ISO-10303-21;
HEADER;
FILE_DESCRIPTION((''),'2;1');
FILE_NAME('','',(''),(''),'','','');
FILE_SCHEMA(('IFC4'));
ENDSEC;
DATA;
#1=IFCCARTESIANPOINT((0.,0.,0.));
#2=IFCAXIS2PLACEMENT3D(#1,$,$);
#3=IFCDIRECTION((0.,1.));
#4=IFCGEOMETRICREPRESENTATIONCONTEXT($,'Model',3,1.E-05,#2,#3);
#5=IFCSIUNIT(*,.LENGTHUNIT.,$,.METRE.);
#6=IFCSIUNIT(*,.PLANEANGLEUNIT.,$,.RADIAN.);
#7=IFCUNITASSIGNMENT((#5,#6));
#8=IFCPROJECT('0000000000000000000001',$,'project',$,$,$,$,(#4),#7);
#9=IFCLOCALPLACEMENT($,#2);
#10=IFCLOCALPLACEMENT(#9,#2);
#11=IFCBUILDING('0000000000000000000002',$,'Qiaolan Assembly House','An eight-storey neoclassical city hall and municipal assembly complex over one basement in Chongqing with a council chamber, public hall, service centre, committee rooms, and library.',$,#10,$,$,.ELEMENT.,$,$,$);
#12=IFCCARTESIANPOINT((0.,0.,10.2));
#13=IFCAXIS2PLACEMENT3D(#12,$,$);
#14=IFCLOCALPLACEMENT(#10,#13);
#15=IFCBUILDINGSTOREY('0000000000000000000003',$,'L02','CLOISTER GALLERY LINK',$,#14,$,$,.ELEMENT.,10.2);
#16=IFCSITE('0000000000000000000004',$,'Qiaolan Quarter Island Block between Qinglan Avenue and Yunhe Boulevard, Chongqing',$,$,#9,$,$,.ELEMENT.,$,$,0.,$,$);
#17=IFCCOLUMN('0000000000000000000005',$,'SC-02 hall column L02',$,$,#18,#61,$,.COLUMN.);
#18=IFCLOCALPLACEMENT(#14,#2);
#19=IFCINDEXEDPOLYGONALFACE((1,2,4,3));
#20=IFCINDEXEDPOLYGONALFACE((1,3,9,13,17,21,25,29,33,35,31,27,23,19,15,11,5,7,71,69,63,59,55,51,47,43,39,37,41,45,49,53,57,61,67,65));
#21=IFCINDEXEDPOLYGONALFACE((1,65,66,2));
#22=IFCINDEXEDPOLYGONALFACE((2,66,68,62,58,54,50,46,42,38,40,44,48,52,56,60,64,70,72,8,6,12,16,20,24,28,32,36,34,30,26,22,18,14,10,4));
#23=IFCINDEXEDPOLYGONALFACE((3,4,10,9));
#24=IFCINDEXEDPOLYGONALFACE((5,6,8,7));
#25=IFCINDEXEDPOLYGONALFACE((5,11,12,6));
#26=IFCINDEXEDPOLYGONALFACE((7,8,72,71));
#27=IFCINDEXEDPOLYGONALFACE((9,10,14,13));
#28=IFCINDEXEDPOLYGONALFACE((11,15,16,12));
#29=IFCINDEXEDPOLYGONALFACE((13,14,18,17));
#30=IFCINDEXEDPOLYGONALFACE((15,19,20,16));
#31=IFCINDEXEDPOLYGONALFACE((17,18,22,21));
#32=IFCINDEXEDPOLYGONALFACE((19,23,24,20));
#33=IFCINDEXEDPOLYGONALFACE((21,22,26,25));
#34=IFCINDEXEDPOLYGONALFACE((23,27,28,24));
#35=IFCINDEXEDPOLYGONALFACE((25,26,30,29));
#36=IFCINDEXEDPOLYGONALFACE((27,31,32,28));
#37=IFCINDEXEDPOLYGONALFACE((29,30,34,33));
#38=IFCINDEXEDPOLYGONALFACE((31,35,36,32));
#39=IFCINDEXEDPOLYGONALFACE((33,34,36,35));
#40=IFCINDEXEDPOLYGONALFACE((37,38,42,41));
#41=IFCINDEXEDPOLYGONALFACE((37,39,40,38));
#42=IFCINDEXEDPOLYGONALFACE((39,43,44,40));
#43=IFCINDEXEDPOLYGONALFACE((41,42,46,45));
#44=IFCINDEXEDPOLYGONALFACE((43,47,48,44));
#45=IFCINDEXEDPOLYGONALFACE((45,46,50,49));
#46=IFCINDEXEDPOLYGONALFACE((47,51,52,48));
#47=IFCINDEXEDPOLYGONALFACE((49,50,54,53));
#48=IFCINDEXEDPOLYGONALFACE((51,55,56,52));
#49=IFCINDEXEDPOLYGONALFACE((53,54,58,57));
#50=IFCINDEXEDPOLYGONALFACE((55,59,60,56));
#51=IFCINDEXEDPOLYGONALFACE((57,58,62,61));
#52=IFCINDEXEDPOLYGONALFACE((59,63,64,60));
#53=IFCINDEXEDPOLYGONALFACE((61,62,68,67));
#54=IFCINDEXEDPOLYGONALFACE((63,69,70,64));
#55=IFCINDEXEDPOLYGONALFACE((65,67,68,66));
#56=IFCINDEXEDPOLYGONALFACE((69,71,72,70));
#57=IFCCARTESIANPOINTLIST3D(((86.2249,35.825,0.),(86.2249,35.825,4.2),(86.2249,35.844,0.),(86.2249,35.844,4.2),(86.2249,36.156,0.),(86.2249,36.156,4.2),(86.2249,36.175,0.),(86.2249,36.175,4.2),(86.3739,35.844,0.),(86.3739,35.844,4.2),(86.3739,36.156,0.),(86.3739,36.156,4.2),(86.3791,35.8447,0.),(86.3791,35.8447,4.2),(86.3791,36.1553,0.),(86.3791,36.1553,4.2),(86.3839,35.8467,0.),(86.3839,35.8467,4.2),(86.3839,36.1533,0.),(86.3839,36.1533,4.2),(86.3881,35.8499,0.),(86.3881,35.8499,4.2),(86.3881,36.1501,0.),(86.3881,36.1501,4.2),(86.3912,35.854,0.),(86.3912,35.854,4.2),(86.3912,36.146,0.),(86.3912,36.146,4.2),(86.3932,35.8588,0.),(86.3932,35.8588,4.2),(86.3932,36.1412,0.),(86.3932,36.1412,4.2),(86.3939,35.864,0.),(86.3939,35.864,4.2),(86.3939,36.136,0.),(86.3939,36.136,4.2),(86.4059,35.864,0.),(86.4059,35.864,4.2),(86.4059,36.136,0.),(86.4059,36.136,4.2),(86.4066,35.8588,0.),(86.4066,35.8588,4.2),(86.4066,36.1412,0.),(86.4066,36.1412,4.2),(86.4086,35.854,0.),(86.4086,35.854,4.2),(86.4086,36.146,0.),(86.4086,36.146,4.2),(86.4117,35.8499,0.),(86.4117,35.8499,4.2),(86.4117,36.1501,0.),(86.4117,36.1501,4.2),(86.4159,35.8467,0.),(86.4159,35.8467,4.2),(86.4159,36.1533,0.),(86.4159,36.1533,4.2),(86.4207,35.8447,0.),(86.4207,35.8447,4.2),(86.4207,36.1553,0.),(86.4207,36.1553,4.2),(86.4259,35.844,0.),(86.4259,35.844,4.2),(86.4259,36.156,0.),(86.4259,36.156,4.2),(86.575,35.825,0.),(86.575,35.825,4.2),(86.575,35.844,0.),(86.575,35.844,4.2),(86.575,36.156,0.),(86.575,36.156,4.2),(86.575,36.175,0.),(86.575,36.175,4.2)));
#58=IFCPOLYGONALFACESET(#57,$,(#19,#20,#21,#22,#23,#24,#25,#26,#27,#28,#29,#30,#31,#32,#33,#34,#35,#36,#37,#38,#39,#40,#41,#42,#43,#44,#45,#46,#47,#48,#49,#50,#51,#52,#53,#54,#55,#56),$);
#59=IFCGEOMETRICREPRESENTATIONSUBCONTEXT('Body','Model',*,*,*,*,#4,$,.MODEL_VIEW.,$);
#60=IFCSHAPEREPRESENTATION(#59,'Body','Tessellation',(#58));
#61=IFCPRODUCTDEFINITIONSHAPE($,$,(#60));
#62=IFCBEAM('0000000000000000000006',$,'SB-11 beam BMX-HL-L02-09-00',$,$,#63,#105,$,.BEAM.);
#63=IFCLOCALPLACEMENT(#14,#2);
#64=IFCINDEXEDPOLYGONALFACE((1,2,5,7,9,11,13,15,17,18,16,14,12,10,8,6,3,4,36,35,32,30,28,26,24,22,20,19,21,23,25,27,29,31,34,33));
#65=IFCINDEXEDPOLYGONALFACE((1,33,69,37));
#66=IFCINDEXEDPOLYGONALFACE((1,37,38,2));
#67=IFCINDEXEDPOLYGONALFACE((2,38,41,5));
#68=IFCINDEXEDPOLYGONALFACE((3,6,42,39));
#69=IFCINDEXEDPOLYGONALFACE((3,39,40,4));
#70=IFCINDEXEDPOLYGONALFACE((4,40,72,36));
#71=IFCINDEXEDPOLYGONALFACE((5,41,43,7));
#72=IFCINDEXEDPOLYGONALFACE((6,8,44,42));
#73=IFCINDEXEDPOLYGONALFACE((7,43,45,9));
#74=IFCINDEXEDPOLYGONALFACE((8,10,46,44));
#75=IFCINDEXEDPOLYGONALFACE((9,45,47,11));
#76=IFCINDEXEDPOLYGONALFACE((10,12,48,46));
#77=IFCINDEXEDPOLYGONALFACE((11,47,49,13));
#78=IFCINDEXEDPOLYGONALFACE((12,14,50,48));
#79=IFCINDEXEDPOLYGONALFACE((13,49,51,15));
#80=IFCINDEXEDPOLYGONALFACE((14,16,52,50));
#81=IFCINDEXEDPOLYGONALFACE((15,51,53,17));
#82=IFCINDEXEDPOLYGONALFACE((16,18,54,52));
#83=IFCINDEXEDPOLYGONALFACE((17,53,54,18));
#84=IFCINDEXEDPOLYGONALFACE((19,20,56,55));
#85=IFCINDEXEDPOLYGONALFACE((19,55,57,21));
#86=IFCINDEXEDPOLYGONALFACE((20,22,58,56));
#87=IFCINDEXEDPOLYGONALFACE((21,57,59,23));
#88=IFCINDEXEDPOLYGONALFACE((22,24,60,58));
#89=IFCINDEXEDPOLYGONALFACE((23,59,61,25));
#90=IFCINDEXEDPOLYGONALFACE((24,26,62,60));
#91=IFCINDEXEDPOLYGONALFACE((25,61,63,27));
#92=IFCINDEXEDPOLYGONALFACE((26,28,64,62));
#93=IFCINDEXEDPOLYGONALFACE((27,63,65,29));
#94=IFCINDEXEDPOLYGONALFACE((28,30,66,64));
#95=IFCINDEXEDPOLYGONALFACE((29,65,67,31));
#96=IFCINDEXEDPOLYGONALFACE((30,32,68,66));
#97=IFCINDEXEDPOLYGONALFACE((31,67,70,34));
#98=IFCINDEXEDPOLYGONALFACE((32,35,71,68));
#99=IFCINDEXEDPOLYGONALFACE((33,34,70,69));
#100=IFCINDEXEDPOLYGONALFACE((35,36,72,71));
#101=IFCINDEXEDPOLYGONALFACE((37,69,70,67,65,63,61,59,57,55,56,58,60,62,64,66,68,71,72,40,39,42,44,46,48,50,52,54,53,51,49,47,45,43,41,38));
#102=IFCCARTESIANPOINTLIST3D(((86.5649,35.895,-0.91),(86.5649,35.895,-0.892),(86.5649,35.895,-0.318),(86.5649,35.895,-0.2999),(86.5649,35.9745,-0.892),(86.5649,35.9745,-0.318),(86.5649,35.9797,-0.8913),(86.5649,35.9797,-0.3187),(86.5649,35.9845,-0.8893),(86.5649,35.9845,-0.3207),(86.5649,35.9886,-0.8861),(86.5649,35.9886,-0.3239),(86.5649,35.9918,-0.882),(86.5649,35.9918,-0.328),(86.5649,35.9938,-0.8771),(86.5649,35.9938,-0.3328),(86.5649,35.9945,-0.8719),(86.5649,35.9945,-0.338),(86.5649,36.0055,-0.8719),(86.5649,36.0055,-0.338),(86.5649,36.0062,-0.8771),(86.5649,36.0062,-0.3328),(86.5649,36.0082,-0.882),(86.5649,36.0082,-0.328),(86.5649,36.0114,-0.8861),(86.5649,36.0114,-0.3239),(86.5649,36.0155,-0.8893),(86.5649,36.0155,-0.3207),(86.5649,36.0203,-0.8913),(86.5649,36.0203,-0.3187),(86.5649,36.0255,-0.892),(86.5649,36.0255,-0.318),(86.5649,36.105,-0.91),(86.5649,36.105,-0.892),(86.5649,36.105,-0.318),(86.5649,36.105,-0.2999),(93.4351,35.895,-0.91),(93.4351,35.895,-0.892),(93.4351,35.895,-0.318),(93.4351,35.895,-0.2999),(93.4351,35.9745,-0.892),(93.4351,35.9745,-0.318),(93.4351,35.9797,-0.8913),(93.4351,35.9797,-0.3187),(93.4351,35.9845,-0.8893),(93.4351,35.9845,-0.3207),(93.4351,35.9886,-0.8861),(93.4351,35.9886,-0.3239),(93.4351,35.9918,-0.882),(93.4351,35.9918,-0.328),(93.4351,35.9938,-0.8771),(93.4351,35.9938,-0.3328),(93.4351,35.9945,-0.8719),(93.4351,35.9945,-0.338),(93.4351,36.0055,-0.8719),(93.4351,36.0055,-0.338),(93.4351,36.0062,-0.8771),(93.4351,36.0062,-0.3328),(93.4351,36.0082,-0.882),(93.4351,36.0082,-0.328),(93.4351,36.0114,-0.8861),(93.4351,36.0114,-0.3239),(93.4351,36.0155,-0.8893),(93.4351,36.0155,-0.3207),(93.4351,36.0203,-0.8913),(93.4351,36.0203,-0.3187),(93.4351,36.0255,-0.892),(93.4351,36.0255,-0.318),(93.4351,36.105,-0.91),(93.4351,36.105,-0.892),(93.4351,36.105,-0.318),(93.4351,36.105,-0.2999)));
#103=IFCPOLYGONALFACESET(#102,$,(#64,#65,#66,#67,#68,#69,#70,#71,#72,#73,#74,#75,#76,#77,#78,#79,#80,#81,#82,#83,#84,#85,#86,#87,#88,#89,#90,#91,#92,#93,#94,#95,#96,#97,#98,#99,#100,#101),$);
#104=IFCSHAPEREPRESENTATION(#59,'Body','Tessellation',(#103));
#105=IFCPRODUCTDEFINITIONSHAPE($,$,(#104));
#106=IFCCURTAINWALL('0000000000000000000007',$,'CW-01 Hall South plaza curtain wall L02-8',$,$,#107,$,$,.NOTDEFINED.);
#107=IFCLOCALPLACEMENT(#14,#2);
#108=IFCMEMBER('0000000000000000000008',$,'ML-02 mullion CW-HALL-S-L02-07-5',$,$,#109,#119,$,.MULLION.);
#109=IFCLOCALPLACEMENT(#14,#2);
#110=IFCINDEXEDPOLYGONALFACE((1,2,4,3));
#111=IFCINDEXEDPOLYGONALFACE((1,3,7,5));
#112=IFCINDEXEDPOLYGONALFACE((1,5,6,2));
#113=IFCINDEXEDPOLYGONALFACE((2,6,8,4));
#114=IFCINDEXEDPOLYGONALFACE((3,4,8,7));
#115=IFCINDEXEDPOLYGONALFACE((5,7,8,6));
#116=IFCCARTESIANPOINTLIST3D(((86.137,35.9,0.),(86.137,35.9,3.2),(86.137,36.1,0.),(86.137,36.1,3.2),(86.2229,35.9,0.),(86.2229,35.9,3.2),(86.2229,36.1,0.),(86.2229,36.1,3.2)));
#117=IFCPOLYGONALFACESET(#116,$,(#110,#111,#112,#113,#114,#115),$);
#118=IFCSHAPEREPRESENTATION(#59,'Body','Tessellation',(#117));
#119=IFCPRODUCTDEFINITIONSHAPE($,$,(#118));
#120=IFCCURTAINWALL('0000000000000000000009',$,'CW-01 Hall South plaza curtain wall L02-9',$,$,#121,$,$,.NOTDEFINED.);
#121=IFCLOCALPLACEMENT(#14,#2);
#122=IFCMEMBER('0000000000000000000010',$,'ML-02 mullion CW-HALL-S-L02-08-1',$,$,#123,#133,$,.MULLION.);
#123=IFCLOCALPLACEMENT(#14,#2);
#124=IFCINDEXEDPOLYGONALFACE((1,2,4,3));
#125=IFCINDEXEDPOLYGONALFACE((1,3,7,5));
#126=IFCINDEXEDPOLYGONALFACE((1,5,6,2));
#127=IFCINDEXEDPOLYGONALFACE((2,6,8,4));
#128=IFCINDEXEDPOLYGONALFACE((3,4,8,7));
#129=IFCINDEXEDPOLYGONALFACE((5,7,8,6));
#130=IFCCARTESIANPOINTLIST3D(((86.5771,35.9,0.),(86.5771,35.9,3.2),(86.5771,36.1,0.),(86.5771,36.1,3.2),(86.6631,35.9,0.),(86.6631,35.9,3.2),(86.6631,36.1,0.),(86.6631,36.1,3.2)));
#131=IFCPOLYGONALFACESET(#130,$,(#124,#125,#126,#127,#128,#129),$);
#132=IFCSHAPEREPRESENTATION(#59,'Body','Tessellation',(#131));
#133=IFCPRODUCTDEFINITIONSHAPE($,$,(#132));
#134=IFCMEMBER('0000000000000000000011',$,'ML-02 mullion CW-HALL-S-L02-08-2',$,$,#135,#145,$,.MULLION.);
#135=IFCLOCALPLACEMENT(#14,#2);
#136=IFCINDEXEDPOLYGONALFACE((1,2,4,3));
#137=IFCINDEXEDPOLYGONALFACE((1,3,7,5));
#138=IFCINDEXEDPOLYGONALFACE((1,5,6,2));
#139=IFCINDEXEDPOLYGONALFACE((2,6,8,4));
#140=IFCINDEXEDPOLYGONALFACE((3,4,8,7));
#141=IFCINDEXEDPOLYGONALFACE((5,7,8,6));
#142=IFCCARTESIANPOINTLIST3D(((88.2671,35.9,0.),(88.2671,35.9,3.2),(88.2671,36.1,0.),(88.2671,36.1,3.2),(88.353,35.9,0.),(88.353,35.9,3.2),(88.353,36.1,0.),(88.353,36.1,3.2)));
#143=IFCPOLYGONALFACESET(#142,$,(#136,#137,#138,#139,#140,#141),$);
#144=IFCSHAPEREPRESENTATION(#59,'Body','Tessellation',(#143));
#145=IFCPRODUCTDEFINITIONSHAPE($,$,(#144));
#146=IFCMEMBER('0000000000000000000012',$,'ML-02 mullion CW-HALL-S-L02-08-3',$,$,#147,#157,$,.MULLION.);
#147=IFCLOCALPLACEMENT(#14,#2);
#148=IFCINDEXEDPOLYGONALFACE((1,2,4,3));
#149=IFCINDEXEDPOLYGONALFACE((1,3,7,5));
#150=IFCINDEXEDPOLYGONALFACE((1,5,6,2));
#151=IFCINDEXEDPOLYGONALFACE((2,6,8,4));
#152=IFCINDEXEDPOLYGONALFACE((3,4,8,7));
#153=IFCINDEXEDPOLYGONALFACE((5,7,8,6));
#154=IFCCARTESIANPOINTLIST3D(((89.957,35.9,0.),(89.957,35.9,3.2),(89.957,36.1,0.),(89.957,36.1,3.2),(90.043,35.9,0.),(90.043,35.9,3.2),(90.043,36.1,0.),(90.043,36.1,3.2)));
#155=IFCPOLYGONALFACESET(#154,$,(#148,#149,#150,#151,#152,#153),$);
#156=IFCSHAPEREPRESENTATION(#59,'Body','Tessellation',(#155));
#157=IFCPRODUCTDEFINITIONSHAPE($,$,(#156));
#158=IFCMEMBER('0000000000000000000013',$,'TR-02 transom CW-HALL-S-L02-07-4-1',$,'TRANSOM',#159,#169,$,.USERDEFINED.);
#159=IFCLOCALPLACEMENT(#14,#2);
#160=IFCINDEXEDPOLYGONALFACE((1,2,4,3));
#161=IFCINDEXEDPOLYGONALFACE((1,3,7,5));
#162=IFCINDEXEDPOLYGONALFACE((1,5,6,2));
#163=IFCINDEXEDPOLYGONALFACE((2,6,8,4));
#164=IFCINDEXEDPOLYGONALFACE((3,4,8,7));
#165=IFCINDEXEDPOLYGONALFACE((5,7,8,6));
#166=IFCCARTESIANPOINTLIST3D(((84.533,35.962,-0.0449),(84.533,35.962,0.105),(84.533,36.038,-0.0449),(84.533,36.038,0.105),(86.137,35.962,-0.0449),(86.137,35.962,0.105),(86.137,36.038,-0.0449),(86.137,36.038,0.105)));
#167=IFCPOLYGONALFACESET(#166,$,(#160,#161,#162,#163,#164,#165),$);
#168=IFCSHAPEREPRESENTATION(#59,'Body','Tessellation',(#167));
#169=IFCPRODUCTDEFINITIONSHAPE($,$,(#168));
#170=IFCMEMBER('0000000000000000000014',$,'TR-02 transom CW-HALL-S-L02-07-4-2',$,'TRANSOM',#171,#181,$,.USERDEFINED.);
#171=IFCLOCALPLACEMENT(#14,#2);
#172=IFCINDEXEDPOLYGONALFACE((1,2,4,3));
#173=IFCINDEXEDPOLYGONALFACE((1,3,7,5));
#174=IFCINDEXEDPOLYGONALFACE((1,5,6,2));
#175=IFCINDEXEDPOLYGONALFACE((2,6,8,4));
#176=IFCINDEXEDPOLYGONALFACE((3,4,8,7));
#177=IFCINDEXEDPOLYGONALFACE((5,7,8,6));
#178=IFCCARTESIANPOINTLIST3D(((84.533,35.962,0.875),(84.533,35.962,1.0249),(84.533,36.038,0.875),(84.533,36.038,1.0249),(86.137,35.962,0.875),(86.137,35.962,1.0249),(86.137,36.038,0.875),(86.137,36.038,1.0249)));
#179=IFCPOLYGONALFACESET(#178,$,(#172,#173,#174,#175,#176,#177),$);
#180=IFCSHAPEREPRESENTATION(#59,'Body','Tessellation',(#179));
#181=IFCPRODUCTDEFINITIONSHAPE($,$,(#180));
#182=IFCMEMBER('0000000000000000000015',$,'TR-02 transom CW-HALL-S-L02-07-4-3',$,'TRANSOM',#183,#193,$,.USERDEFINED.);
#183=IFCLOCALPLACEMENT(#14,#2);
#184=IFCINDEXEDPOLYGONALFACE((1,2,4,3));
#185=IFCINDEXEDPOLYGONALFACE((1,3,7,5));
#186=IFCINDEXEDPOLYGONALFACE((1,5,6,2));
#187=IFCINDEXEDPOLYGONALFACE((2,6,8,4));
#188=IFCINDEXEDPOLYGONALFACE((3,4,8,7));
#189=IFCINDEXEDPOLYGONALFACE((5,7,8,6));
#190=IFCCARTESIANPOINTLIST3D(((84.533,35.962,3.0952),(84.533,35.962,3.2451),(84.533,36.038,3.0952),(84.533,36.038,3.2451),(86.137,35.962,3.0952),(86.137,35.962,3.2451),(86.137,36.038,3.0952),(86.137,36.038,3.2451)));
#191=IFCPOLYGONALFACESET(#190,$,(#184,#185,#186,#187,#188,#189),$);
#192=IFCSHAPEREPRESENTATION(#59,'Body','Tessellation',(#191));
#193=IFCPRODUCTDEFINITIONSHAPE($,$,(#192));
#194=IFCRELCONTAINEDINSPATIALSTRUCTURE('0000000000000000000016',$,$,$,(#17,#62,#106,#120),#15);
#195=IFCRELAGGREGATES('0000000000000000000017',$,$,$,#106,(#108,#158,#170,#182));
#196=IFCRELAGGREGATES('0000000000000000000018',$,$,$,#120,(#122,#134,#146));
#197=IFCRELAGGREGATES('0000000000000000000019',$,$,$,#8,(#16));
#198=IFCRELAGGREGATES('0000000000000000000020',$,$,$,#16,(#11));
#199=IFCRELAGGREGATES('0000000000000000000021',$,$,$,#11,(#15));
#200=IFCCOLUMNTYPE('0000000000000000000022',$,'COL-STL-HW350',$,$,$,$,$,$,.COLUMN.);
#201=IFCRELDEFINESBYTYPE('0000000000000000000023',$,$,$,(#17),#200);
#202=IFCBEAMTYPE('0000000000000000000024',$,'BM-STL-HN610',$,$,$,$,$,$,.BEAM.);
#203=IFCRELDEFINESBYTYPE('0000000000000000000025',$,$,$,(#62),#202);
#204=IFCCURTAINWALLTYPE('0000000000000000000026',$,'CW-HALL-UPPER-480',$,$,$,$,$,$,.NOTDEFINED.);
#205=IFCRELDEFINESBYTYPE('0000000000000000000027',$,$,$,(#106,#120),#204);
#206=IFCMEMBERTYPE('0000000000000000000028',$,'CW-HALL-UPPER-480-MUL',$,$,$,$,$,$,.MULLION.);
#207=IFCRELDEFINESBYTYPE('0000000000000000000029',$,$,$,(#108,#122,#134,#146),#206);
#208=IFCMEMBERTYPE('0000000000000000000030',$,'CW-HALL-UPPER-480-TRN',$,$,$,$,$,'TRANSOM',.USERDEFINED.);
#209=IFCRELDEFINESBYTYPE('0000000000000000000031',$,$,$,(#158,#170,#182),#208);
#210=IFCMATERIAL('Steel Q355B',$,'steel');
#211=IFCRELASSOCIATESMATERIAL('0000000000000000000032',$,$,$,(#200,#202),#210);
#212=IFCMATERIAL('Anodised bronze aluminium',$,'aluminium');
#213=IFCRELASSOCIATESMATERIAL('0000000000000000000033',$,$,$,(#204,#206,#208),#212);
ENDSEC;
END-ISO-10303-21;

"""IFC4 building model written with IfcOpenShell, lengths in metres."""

from ifc_helpers import new_model, si_unit, direction, frame, origin, origin_2d, place, context, subcontext, project, spatial, rectangle, i_section, extrude, material, material_profile, profile_set, type_object, element, aggregate, save


model = new_model("IFC4")

# Units and contexts
model_context = context("Model", 3, precision=1e-05, world=origin(), true_north=direction((0.0, 1.0)))
body_context = subcontext(model_context, "Body", "Model", "MODEL_VIEW")
ifc_project = project(units=[si_unit("LENGTHUNIT", "METRE"), si_unit("PLANEANGLEUNIT", "RADIAN")], contexts=[model_context])

# Site, building, storey
site_placement = place(None, origin())
site = spatial("IfcSite", under=ifc_project, at=site_placement, Name="Qiaolan Quarter Island Block between Qinglan Avenue and Yunhe Boulevard, Chongqing", CompositionType="ELEMENT", RefElevation=0.0)
building_placement = place(site_placement, origin())
building = spatial("IfcBuilding", under=site, at=building_placement, Name="Qiaolan Assembly House", Description="An eight-storey neoclassical city hall and municipal assembly complex over one basement in Chongqing with a council chamber, public hall, service centre, committee rooms, and library.", CompositionType="ELEMENT")
storey_placement = place(building_placement, frame((0.0, 0.0, 10.2)))
storey = spatial("IfcBuildingStorey", under=building, at=storey_placement, Name="L02", Description="CLOISTER GALLERY LINK", CompositionType="ELEMENT", Elevation=10.2)

# Column
ifc_material_1 = material(Name="Steel Q355B", Category="steel")
ifc_material_profile_1 = material_profile(ifc_material_1, i_section(OverallWidth=0.3501, OverallDepth=0.3501, WebThickness=0.012, FlangeThickness=0.019, FilletRadius=0.02, at=origin_2d()), Name="HW 350x350x12x19")
ifc_profile_set_1 = profile_set([ifc_material_profile_1], Name="Steel Q355B")
column_type = type_object("IfcColumnType", Name="COL-STL-HW350", PredefinedType="COLUMN", material=ifc_profile_set_1)
column_placement = place(storey_placement, frame((86.3999, 36.0, 0.0), z_axis=(0.0, 0.0, 1.0), x_axis=(1.0, 0.0, 0.0)))
element("IfcColumn", 1, at=column_placement, inside=storey, type_object=column_type, Name="SC-02 hall column L02", PredefinedType="COLUMN", context=body_context, shape_type="SweptSolid", body=[
    extrude(i_section(OverallWidth=0.3501, OverallDepth=0.3501, WebThickness=0.012, FlangeThickness=0.019, FilletRadius=0.02, at=origin_2d()), origin(), (0.0, 0.0, 1.0), 4.2),
])

# Beam
ifc_material_profile_2 = material_profile(ifc_material_1, i_section(OverallWidth=0.21, OverallDepth=0.6101, WebThickness=0.011, FlangeThickness=0.0181, FilletRadius=0.02, at=origin_2d()), Name="HN 610x210x11x18")
ifc_profile_set_2 = profile_set([ifc_material_profile_2], Name="Steel Q355B")
beam_type = type_object("IfcBeamType", Name="BM-STL-HN610", PredefinedType="BEAM", material=ifc_profile_set_2)
beam_placement = place(storey_placement, frame((86.5649, 36.0, -0.605), z_axis=(1.0, 0.0, 0.0), x_axis=(0.0, 1.0, 0.0)))
element("IfcBeam", 2, at=beam_placement, inside=storey, type_object=beam_type, Name="SB-11 beam BMX-HL-L02-09-00", PredefinedType="BEAM", context=body_context, shape_type="SweptSolid", body=[
    extrude(i_section(OverallWidth=0.21, OverallDepth=0.6101, WebThickness=0.011, FlangeThickness=0.0181, FilletRadius=0.02, at=origin_2d()), origin(), (0.0, 0.0, 1.0), 6.8701),
])

# Curtain wall, member
ifc_material_2 = material(Name="Anodised bronze aluminium", Category="aluminium")
curtain_wall_type = type_object("IfcCurtainWallType", Name="CW-HALL-UPPER-480", PredefinedType="NOTDEFINED", material=ifc_material_2)
curtain_wall_1_placement = place(storey_placement, origin())
curtain_wall_1 = element("IfcCurtainWall", 3, at=curtain_wall_1_placement, inside=storey, type_object=curtain_wall_type, Name="CW-01 Hall South plaza curtain wall L02-8", PredefinedType="NOTDEFINED")
ifc_material_profile_3 = material_profile(ifc_material_2, rectangle(XDim=0.0859, YDim=0.2, at=origin_2d()), Name="MUL 86x200")
ifc_profile_set_3 = profile_set([ifc_material_profile_3], Name="Anodised bronze aluminium")
member_type_1 = type_object("IfcMemberType", Name="CW-HALL-UPPER-480-MUL", PredefinedType="MULLION", material=ifc_profile_set_3)
member_1_placement = place(storey_placement, frame((86.1799, 36.0, 0.0), z_axis=(0.0, 0.0, 1.0), x_axis=(1.0, 0.0, 0.0)))
member_1 = element("IfcMember", 4, at=member_1_placement, type_object=member_type_1, Name="ML-02 mullion CW-HALL-S-L02-07-5", PredefinedType="MULLION", context=body_context, shape_type="SweptSolid", body=[
    extrude(rectangle(XDim=0.0859, YDim=0.2, at=origin_2d()), origin(), (0.0, 0.0, 1.0), 3.2),
])

# Curtain wall, members
curtain_wall_2_placement = place(storey_placement, origin())
curtain_wall_2 = element("IfcCurtainWall", 5, at=curtain_wall_2_placement, inside=storey, type_object=curtain_wall_type, Name="CW-01 Hall South plaza curtain wall L02-9", PredefinedType="NOTDEFINED")
member_2_placement = place(storey_placement, frame((86.6201, 36.0, 0.0), z_axis=(0.0, 0.0, 1.0), x_axis=(1.0, 0.0, 0.0)))
member_2 = element("IfcMember", 6, at=member_2_placement, type_object=member_type_1, Name="ML-02 mullion CW-HALL-S-L02-08-1", PredefinedType="MULLION", context=body_context, shape_type="SweptSolid", body=[
    extrude(rectangle(XDim=0.0859, YDim=0.2, at=origin_2d()), origin(), (0.0, 0.0, 1.0), 3.2),
])
member_3_placement = place(storey_placement, frame((88.3101, 36.0, 0.0), z_axis=(0.0, 0.0, 1.0), x_axis=(1.0, 0.0, 0.0)))
member_3 = element("IfcMember", 7, at=member_3_placement, type_object=member_type_1, Name="ML-02 mullion CW-HALL-S-L02-08-2", PredefinedType="MULLION", context=body_context, shape_type="SweptSolid", body=[
    extrude(rectangle(XDim=0.0859, YDim=0.2, at=origin_2d()), origin(), (0.0, 0.0, 1.0), 3.2),
])
member_4_placement = place(storey_placement, frame((90.0, 36.0, 0.0), z_axis=(0.0, 0.0, 1.0), x_axis=(1.0, 0.0, 0.0)))
member_4 = element("IfcMember", 8, at=member_4_placement, type_object=member_type_1, Name="ML-02 mullion CW-HALL-S-L02-08-3", PredefinedType="MULLION", context=body_context, shape_type="SweptSolid", body=[
    extrude(rectangle(XDim=0.0859, YDim=0.2, at=origin_2d()), origin(), (0.0, 0.0, 1.0), 3.2),
])

# Members
ifc_material_profile_4 = material_profile(ifc_material_2, rectangle(XDim=0.0759, YDim=0.1499, at=origin_2d()), Name="TRN 76x150")
ifc_profile_set_4 = profile_set([ifc_material_profile_4], Name="Anodised bronze aluminium")
member_type_2 = type_object("IfcMemberType", Name="CW-HALL-UPPER-480-TRN", ElementType="TRANSOM", PredefinedType="USERDEFINED", material=ifc_profile_set_4)
member_5_placement = place(storey_placement, frame((84.533, 36.0, 0.03), z_axis=(1.0, 0.0, 0.0), x_axis=(0.0, 1.0, 0.0)))
member_5 = element("IfcMember", 9, at=member_5_placement, type_object=member_type_2, Name="TR-02 transom CW-HALL-S-L02-07-4-1", ObjectType="TRANSOM", PredefinedType="USERDEFINED", context=body_context, shape_type="SweptSolid", body=[
    extrude(rectangle(XDim=0.0759, YDim=0.1499, at=origin_2d()), origin(), (0.0, 0.0, 1.0), 1.604),
])
member_6_placement = place(storey_placement, frame((84.533, 36.0, 0.95), z_axis=(1.0, 0.0, 0.0), x_axis=(0.0, 1.0, 0.0)))
member_6 = element("IfcMember", 10, at=member_6_placement, type_object=member_type_2, Name="TR-02 transom CW-HALL-S-L02-07-4-2", ObjectType="TRANSOM", PredefinedType="USERDEFINED", context=body_context, shape_type="SweptSolid", body=[
    extrude(rectangle(XDim=0.0759, YDim=0.1499, at=origin_2d()), origin(), (0.0, 0.0, 1.0), 1.604),
])
member_7_placement = place(storey_placement, frame((84.533, 36.0, 3.1702), z_axis=(1.0, 0.0, 0.0), x_axis=(0.0, 1.0, 0.0)))
member_7 = element("IfcMember", 11, at=member_7_placement, type_object=member_type_2, Name="TR-02 transom CW-HALL-S-L02-07-4-3", ObjectType="TRANSOM", PredefinedType="USERDEFINED", context=body_context, shape_type="SweptSolid", body=[
    extrude(rectangle(XDim=0.0759, YDim=0.1499, at=origin_2d()), origin(), (0.0, 0.0, 1.0), 1.604),
])

aggregate(curtain_wall_1, [member_1, member_5, member_6, member_7])
aggregate(curtain_wall_2, [member_2, member_3, member_4])

save(model, "model.ifc")
